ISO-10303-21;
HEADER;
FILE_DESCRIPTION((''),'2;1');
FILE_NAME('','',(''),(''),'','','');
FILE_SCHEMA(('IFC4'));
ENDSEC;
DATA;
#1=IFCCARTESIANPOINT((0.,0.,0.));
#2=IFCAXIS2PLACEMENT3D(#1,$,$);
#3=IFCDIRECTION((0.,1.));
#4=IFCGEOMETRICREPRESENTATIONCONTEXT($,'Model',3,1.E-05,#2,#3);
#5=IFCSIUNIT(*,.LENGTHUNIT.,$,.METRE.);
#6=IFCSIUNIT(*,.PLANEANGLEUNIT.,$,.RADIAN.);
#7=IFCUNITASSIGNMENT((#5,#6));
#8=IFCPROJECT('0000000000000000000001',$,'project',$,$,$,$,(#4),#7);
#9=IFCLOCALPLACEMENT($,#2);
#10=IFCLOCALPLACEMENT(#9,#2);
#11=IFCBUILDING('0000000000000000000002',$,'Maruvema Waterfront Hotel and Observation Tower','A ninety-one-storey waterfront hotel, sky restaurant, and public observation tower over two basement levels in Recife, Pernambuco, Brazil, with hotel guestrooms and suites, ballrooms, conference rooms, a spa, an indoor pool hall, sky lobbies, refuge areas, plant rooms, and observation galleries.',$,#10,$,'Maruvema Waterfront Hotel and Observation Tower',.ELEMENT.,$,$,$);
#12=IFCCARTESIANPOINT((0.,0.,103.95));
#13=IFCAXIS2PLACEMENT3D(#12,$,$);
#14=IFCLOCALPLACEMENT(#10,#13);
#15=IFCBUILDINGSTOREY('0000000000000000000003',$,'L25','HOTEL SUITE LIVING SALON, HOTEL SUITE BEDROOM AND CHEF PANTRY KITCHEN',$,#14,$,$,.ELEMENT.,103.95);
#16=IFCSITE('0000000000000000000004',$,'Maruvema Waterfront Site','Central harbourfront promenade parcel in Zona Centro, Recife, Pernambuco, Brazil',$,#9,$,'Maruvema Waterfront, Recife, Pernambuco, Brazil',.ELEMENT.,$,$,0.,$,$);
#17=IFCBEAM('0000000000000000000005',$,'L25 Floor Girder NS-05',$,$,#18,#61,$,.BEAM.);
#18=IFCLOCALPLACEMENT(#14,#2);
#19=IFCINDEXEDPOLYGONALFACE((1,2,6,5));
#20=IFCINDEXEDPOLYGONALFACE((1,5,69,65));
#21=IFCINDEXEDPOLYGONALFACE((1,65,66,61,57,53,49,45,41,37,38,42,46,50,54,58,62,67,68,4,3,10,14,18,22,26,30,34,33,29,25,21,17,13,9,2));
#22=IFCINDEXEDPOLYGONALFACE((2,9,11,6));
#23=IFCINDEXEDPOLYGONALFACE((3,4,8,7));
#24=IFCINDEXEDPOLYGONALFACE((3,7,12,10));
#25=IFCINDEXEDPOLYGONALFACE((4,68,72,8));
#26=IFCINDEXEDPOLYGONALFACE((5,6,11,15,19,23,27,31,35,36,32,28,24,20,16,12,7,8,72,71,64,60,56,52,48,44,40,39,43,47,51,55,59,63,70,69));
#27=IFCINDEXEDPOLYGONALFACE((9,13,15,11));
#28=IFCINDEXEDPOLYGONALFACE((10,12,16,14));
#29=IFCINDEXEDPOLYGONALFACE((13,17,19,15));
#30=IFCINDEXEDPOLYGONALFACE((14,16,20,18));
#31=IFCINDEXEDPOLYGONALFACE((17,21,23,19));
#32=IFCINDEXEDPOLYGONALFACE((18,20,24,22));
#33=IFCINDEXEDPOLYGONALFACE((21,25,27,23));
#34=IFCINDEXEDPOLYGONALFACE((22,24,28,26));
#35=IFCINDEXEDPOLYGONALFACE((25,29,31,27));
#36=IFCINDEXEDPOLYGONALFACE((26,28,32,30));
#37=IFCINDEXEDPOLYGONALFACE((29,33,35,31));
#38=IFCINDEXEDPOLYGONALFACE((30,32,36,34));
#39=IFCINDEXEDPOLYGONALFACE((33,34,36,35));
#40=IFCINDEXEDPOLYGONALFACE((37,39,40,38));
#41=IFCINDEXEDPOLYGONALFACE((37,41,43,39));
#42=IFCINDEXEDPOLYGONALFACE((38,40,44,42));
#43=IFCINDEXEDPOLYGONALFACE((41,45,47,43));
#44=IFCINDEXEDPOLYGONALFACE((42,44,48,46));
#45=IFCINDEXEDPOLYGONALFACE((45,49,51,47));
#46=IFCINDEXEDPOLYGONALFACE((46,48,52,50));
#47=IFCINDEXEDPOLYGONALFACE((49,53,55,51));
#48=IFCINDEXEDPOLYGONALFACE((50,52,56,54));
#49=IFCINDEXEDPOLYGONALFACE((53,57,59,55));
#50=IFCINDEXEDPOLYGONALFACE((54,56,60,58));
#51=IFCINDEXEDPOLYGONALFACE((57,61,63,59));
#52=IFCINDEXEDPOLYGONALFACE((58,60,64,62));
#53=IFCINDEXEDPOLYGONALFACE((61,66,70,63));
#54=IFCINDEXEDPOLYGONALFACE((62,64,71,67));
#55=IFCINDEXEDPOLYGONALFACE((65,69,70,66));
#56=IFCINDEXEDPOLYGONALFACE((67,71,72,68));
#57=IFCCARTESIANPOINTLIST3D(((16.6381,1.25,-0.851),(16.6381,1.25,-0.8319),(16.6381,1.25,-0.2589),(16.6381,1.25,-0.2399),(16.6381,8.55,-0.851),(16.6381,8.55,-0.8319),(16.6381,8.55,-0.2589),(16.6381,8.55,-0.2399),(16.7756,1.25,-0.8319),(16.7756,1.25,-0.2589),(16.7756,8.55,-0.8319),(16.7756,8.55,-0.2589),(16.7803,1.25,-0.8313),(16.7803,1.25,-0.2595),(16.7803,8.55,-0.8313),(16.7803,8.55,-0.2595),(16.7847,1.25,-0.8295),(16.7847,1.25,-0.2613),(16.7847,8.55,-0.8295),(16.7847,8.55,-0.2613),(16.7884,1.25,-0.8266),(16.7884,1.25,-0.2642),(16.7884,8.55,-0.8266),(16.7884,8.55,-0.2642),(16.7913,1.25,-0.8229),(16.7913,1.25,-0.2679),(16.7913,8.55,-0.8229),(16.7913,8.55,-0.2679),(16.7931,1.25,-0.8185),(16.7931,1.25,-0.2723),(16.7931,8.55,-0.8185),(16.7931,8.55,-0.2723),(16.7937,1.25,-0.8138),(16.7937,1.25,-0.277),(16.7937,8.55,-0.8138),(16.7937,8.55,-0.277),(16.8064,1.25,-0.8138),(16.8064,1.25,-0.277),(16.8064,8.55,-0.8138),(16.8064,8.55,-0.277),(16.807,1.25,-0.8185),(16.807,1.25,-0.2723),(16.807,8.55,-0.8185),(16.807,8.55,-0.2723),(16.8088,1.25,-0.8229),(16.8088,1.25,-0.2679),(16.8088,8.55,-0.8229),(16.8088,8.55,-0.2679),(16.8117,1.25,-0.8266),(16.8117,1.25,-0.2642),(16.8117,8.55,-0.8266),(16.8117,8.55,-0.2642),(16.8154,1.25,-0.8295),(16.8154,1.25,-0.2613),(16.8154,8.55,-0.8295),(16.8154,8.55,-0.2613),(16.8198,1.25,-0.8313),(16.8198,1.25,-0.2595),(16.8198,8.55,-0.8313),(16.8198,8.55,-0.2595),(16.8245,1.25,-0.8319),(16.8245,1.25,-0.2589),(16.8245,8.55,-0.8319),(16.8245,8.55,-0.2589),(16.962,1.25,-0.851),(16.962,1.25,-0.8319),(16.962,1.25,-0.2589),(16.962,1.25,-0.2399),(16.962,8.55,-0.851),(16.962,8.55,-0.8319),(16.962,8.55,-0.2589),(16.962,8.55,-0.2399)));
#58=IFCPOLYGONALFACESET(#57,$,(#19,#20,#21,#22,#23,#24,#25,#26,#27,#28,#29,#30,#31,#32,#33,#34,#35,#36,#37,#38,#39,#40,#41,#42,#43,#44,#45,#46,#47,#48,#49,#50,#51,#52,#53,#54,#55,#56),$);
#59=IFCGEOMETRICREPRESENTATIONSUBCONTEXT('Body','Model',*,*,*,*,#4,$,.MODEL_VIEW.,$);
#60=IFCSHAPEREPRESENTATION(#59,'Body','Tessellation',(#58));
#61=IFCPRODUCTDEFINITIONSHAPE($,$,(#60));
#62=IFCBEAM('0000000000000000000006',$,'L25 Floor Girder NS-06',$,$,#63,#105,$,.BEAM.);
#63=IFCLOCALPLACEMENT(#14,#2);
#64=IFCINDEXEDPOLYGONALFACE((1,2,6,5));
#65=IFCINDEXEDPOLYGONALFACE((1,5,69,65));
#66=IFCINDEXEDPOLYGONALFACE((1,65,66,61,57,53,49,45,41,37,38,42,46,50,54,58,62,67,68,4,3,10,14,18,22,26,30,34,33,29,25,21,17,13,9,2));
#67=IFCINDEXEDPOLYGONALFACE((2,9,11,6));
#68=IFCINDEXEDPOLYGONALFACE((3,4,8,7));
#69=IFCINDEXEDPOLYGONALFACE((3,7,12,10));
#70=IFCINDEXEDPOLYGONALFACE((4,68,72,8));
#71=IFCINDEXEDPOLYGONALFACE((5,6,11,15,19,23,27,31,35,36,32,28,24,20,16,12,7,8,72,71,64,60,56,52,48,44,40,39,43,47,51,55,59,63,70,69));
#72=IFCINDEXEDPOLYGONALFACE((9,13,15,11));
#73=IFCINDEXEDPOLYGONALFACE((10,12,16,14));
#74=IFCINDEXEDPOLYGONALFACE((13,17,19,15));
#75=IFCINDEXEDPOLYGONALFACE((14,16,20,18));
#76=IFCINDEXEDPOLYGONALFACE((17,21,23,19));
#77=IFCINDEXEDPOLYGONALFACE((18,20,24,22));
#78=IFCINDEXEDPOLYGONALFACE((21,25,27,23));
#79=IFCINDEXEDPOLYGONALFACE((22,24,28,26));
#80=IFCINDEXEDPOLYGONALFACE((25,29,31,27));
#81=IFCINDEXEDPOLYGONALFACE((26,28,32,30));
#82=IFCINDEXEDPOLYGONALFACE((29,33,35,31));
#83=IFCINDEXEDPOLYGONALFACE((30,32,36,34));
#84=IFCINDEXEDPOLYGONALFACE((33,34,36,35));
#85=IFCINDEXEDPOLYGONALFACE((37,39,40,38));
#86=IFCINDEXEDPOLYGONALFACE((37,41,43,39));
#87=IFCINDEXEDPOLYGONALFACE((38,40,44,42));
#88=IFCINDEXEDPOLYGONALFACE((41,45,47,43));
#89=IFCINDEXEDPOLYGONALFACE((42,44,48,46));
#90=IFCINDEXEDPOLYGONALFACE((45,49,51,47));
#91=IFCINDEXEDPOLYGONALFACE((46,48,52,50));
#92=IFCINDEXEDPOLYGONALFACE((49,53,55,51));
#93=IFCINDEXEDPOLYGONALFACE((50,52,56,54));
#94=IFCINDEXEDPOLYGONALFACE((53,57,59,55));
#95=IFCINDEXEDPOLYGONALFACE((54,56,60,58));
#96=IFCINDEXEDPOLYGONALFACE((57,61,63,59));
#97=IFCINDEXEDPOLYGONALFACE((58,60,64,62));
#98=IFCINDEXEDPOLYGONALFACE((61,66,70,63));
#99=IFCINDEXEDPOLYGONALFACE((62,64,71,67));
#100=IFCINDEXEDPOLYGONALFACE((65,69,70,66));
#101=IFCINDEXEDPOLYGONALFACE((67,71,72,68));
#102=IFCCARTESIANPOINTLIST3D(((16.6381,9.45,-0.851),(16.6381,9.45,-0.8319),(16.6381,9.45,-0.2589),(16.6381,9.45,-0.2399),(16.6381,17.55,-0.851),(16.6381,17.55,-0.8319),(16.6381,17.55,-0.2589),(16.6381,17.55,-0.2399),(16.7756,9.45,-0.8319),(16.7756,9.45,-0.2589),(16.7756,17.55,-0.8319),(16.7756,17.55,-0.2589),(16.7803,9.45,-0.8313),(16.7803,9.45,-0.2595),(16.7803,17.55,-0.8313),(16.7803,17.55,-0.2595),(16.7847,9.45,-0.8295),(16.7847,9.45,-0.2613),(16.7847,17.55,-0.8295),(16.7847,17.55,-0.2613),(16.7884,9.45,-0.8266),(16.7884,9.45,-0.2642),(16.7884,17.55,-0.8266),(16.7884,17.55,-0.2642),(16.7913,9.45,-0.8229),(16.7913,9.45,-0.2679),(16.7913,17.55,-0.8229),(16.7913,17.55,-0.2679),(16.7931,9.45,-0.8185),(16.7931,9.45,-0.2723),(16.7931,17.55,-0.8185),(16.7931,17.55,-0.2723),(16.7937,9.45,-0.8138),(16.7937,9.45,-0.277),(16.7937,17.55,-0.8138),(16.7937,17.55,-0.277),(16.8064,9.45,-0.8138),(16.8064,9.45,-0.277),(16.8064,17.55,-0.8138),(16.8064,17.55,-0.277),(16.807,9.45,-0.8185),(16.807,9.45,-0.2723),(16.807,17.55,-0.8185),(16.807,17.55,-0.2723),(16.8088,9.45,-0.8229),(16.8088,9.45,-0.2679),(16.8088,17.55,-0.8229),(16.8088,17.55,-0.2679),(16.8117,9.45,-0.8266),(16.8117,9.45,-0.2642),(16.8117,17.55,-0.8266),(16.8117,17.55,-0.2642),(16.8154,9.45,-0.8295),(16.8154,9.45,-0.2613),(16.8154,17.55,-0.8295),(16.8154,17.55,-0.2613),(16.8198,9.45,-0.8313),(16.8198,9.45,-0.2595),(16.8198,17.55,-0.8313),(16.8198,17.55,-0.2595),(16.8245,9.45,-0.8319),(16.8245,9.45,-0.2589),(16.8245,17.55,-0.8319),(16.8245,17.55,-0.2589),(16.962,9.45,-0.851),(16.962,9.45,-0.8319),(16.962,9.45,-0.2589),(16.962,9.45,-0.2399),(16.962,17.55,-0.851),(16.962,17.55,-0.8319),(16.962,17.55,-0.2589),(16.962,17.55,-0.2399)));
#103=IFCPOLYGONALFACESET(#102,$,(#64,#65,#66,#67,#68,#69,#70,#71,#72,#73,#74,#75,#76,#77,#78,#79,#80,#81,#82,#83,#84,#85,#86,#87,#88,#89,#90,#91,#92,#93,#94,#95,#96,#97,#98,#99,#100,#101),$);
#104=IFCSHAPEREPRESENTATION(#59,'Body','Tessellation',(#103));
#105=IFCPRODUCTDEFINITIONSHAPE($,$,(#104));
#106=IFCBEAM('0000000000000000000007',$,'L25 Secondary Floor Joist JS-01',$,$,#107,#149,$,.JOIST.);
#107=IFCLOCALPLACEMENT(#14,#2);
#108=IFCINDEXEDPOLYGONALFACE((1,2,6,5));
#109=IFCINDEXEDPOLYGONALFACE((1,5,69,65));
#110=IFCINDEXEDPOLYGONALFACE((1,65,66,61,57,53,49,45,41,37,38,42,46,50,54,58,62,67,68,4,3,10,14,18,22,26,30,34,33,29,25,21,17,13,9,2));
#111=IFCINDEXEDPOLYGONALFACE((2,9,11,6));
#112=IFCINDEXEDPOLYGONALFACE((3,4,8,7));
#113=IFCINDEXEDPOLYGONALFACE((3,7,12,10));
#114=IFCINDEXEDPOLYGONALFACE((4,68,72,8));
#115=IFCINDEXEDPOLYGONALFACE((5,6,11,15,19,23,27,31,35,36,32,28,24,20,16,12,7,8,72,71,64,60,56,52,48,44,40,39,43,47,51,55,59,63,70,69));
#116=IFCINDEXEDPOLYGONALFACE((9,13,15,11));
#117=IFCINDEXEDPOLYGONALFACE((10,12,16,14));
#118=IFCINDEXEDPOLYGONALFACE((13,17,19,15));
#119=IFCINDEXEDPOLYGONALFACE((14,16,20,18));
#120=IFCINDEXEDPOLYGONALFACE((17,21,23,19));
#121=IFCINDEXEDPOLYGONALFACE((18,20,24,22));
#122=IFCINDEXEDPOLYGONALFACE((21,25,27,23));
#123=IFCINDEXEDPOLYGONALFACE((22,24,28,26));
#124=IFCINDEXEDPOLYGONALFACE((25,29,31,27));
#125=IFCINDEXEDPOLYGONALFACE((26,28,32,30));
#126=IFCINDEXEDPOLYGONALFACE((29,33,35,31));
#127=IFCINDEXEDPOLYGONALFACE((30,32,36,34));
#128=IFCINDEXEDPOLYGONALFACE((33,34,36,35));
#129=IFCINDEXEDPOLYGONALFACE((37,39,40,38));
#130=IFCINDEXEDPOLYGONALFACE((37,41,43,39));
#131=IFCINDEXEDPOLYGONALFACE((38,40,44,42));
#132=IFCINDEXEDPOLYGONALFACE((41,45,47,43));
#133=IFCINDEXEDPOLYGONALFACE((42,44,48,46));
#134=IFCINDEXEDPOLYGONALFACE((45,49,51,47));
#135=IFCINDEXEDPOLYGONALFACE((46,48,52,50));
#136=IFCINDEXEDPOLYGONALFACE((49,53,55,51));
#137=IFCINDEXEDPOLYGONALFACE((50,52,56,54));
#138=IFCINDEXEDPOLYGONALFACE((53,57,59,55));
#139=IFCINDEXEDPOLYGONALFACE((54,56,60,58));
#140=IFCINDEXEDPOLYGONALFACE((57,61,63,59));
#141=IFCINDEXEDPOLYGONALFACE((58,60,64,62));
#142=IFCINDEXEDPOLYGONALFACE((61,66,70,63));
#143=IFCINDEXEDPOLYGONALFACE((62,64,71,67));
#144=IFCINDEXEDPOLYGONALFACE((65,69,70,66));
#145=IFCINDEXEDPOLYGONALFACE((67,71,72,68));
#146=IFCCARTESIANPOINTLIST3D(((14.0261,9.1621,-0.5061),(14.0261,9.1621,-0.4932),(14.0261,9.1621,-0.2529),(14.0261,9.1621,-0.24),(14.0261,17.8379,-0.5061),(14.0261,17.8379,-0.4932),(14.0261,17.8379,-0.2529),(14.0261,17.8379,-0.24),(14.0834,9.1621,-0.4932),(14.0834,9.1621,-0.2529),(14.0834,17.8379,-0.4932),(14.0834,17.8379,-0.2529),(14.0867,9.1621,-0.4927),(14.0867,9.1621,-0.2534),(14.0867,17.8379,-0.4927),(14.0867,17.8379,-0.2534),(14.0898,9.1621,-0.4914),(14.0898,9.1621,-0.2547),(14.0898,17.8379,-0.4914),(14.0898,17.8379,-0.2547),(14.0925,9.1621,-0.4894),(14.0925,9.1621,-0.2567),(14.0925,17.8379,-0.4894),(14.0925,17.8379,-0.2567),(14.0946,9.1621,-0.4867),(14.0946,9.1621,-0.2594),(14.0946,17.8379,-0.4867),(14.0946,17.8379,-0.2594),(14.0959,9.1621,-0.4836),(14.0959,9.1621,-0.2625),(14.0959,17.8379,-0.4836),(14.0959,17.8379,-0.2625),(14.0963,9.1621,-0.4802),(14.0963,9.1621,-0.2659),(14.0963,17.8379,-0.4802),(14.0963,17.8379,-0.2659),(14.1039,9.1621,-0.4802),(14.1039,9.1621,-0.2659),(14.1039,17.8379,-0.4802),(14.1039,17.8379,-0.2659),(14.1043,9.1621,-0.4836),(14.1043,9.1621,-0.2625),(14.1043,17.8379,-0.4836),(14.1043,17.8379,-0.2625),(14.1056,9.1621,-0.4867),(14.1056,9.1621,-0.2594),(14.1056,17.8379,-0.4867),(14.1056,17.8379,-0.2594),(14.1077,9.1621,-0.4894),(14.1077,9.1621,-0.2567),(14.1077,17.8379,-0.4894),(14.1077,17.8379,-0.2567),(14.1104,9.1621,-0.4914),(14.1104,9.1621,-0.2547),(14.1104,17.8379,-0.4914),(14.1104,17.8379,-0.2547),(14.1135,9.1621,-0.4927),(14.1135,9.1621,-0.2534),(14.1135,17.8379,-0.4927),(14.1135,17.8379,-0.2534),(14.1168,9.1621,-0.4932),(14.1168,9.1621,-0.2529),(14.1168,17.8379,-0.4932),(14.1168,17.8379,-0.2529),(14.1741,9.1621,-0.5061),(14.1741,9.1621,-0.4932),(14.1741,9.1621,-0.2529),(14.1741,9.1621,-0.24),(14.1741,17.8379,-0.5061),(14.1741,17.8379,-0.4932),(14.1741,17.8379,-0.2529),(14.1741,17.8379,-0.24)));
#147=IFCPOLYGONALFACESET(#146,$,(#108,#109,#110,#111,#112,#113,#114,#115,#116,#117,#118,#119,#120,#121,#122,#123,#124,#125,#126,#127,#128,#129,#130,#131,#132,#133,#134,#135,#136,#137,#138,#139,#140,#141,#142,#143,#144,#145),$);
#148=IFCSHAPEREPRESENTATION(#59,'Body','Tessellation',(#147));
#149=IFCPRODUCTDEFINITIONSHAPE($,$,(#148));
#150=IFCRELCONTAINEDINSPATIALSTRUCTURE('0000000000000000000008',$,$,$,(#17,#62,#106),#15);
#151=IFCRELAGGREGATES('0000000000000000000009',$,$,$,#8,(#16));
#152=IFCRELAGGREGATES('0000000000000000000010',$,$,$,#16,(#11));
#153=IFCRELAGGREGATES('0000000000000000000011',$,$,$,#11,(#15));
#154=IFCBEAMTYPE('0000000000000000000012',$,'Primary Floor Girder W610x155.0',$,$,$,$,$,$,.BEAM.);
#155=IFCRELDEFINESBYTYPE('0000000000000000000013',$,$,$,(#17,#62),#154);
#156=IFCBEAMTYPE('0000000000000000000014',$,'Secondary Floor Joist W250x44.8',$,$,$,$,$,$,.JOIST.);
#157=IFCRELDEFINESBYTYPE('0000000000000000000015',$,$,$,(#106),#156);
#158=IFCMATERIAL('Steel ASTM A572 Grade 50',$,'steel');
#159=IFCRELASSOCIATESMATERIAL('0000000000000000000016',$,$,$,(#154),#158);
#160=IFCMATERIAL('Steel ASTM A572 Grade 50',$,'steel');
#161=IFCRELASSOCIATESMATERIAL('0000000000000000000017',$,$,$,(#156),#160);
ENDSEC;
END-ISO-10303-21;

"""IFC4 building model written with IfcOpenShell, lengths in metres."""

from ifc_helpers import new_model, si_unit, direction, frame, origin, origin_2d, place, context, subcontext, project, spatial, i_section, extrude, material, material_profile, profile_set, type_object, element, save


model = new_model("IFC4")

# Units and contexts
model_context = context("Model", 3, precision=1e-05, world=origin(), true_north=direction((0.0, 1.0)))
body_context = subcontext(model_context, "Body", "Model", "MODEL_VIEW")
ifc_project = project(units=[si_unit("LENGTHUNIT", "METRE"), si_unit("PLANEANGLEUNIT", "RADIAN")], contexts=[model_context])

# Site, building, storey
site_placement = place(None, origin())
site = spatial("IfcSite", under=ifc_project, at=site_placement, Name="Maruvema Waterfront Site", Description="Central harbourfront promenade parcel in Zona Centro, Recife, Pernambuco, Brazil", LongName="Maruvema Waterfront, Recife, Pernambuco, Brazil", CompositionType="ELEMENT", RefElevation=0.0)
building_placement = place(site_placement, origin())
building = spatial("IfcBuilding", under=site, at=building_placement, Name="Maruvema Waterfront Hotel and Observation Tower", Description="A ninety-one-storey waterfront hotel, sky restaurant, and public observation tower over two basement levels in Recife, Pernambuco, Brazil, with hotel guestrooms and suites, ballrooms, conference rooms, a spa, an indoor pool hall, sky lobbies, refuge areas, plant rooms, and observation galleries.", LongName="Maruvema Waterfront Hotel and Observation Tower", CompositionType="ELEMENT")
storey_placement = place(building_placement, frame((0.0, 0.0, 103.95)))
storey = spatial("IfcBuildingStorey", under=building, at=storey_placement, Name="L25", Description="HOTEL SUITE LIVING SALON, HOTEL SUITE BEDROOM AND CHEF PANTRY KITCHEN", CompositionType="ELEMENT", Elevation=103.95)

# Beams
ifc_material_1 = material(Name="Steel ASTM A572 Grade 50", Category="steel")
ifc_material_profile_1 = material_profile(ifc_material_1, i_section(OverallWidth=0.324, OverallDepth=0.6111, WebThickness=0.0127, FlangeThickness=0.019, FilletRadius=0.0181, at=origin_2d()), Name="W610x155.0")
ifc_profile_set_1 = profile_set([ifc_material_profile_1], Name="Steel ASTM A572 Grade 50")
beam_type_1 = type_object("IfcBeamType", Name="Primary Floor Girder W610x155.0", PredefinedType="BEAM", material=ifc_profile_set_1)
beam_1_placement = place(storey_placement, frame((16.8, 1.25, -0.5454), z_axis=(0.0, 1.0, 0.0), x_axis=(-1.0, 0.0, 0.0)))
element("IfcBeam", 1, at=beam_1_placement, inside=storey, type_object=beam_type_1, Name="L25 Floor Girder NS-05", PredefinedType="BEAM", context=body_context, shape_type="SweptSolid", body=[
    extrude(i_section(OverallWidth=0.324, OverallDepth=0.6111, WebThickness=0.0127, FlangeThickness=0.019, FilletRadius=0.0181, at=origin_2d()), origin(), (0.0, 0.0, 1.0), 7.3),
])
beam_2_placement = place(storey_placement, frame((16.8, 9.45, -0.5454), z_axis=(0.0, 1.0, 0.0), x_axis=(-1.0, 0.0, 0.0)))
element("IfcBeam", 2, at=beam_2_placement, inside=storey, type_object=beam_type_1, Name="L25 Floor Girder NS-06", PredefinedType="BEAM", context=body_context, shape_type="SweptSolid", body=[
    extrude(i_section(OverallWidth=0.324, OverallDepth=0.6111, WebThickness=0.0127, FlangeThickness=0.019, FilletRadius=0.0181, at=origin_2d()), origin(), (0.0, 0.0, 1.0), 8.1001),
])
ifc_material_2 = material(Name="Steel ASTM A572 Grade 50", Category="steel")
ifc_material_profile_2 = material_profile(ifc_material_2, i_section(OverallWidth=0.1479, OverallDepth=0.2661, WebThickness=0.0076, FlangeThickness=0.0129, FilletRadius=0.0129, at=origin_2d()), Name="W250x44.8")
ifc_profile_set_2 = profile_set([ifc_material_profile_2], Name="Steel ASTM A572 Grade 50")
beam_type_2 = type_object("IfcBeamType", Name="Secondary Floor Joist W250x44.8", PredefinedType="JOIST", material=ifc_profile_set_2)
beam_3_placement = place(storey_placement, frame((14.1001, 9.1621, -0.373), z_axis=(0.0, 1.0, 0.0), x_axis=(-1.0, 0.0, 0.0)))
element("IfcBeam", 3, at=beam_3_placement, inside=storey, type_object=beam_type_2, Name="L25 Secondary Floor Joist JS-01", PredefinedType="JOIST", context=body_context, shape_type="SweptSolid", body=[
    extrude(i_section(OverallWidth=0.1479, OverallDepth=0.2661, WebThickness=0.0076, FlangeThickness=0.0129, FilletRadius=0.0129, at=origin_2d()), origin(), (0.0, 0.0, 1.0), 8.6758),
])

save(model, "model.ifc")
